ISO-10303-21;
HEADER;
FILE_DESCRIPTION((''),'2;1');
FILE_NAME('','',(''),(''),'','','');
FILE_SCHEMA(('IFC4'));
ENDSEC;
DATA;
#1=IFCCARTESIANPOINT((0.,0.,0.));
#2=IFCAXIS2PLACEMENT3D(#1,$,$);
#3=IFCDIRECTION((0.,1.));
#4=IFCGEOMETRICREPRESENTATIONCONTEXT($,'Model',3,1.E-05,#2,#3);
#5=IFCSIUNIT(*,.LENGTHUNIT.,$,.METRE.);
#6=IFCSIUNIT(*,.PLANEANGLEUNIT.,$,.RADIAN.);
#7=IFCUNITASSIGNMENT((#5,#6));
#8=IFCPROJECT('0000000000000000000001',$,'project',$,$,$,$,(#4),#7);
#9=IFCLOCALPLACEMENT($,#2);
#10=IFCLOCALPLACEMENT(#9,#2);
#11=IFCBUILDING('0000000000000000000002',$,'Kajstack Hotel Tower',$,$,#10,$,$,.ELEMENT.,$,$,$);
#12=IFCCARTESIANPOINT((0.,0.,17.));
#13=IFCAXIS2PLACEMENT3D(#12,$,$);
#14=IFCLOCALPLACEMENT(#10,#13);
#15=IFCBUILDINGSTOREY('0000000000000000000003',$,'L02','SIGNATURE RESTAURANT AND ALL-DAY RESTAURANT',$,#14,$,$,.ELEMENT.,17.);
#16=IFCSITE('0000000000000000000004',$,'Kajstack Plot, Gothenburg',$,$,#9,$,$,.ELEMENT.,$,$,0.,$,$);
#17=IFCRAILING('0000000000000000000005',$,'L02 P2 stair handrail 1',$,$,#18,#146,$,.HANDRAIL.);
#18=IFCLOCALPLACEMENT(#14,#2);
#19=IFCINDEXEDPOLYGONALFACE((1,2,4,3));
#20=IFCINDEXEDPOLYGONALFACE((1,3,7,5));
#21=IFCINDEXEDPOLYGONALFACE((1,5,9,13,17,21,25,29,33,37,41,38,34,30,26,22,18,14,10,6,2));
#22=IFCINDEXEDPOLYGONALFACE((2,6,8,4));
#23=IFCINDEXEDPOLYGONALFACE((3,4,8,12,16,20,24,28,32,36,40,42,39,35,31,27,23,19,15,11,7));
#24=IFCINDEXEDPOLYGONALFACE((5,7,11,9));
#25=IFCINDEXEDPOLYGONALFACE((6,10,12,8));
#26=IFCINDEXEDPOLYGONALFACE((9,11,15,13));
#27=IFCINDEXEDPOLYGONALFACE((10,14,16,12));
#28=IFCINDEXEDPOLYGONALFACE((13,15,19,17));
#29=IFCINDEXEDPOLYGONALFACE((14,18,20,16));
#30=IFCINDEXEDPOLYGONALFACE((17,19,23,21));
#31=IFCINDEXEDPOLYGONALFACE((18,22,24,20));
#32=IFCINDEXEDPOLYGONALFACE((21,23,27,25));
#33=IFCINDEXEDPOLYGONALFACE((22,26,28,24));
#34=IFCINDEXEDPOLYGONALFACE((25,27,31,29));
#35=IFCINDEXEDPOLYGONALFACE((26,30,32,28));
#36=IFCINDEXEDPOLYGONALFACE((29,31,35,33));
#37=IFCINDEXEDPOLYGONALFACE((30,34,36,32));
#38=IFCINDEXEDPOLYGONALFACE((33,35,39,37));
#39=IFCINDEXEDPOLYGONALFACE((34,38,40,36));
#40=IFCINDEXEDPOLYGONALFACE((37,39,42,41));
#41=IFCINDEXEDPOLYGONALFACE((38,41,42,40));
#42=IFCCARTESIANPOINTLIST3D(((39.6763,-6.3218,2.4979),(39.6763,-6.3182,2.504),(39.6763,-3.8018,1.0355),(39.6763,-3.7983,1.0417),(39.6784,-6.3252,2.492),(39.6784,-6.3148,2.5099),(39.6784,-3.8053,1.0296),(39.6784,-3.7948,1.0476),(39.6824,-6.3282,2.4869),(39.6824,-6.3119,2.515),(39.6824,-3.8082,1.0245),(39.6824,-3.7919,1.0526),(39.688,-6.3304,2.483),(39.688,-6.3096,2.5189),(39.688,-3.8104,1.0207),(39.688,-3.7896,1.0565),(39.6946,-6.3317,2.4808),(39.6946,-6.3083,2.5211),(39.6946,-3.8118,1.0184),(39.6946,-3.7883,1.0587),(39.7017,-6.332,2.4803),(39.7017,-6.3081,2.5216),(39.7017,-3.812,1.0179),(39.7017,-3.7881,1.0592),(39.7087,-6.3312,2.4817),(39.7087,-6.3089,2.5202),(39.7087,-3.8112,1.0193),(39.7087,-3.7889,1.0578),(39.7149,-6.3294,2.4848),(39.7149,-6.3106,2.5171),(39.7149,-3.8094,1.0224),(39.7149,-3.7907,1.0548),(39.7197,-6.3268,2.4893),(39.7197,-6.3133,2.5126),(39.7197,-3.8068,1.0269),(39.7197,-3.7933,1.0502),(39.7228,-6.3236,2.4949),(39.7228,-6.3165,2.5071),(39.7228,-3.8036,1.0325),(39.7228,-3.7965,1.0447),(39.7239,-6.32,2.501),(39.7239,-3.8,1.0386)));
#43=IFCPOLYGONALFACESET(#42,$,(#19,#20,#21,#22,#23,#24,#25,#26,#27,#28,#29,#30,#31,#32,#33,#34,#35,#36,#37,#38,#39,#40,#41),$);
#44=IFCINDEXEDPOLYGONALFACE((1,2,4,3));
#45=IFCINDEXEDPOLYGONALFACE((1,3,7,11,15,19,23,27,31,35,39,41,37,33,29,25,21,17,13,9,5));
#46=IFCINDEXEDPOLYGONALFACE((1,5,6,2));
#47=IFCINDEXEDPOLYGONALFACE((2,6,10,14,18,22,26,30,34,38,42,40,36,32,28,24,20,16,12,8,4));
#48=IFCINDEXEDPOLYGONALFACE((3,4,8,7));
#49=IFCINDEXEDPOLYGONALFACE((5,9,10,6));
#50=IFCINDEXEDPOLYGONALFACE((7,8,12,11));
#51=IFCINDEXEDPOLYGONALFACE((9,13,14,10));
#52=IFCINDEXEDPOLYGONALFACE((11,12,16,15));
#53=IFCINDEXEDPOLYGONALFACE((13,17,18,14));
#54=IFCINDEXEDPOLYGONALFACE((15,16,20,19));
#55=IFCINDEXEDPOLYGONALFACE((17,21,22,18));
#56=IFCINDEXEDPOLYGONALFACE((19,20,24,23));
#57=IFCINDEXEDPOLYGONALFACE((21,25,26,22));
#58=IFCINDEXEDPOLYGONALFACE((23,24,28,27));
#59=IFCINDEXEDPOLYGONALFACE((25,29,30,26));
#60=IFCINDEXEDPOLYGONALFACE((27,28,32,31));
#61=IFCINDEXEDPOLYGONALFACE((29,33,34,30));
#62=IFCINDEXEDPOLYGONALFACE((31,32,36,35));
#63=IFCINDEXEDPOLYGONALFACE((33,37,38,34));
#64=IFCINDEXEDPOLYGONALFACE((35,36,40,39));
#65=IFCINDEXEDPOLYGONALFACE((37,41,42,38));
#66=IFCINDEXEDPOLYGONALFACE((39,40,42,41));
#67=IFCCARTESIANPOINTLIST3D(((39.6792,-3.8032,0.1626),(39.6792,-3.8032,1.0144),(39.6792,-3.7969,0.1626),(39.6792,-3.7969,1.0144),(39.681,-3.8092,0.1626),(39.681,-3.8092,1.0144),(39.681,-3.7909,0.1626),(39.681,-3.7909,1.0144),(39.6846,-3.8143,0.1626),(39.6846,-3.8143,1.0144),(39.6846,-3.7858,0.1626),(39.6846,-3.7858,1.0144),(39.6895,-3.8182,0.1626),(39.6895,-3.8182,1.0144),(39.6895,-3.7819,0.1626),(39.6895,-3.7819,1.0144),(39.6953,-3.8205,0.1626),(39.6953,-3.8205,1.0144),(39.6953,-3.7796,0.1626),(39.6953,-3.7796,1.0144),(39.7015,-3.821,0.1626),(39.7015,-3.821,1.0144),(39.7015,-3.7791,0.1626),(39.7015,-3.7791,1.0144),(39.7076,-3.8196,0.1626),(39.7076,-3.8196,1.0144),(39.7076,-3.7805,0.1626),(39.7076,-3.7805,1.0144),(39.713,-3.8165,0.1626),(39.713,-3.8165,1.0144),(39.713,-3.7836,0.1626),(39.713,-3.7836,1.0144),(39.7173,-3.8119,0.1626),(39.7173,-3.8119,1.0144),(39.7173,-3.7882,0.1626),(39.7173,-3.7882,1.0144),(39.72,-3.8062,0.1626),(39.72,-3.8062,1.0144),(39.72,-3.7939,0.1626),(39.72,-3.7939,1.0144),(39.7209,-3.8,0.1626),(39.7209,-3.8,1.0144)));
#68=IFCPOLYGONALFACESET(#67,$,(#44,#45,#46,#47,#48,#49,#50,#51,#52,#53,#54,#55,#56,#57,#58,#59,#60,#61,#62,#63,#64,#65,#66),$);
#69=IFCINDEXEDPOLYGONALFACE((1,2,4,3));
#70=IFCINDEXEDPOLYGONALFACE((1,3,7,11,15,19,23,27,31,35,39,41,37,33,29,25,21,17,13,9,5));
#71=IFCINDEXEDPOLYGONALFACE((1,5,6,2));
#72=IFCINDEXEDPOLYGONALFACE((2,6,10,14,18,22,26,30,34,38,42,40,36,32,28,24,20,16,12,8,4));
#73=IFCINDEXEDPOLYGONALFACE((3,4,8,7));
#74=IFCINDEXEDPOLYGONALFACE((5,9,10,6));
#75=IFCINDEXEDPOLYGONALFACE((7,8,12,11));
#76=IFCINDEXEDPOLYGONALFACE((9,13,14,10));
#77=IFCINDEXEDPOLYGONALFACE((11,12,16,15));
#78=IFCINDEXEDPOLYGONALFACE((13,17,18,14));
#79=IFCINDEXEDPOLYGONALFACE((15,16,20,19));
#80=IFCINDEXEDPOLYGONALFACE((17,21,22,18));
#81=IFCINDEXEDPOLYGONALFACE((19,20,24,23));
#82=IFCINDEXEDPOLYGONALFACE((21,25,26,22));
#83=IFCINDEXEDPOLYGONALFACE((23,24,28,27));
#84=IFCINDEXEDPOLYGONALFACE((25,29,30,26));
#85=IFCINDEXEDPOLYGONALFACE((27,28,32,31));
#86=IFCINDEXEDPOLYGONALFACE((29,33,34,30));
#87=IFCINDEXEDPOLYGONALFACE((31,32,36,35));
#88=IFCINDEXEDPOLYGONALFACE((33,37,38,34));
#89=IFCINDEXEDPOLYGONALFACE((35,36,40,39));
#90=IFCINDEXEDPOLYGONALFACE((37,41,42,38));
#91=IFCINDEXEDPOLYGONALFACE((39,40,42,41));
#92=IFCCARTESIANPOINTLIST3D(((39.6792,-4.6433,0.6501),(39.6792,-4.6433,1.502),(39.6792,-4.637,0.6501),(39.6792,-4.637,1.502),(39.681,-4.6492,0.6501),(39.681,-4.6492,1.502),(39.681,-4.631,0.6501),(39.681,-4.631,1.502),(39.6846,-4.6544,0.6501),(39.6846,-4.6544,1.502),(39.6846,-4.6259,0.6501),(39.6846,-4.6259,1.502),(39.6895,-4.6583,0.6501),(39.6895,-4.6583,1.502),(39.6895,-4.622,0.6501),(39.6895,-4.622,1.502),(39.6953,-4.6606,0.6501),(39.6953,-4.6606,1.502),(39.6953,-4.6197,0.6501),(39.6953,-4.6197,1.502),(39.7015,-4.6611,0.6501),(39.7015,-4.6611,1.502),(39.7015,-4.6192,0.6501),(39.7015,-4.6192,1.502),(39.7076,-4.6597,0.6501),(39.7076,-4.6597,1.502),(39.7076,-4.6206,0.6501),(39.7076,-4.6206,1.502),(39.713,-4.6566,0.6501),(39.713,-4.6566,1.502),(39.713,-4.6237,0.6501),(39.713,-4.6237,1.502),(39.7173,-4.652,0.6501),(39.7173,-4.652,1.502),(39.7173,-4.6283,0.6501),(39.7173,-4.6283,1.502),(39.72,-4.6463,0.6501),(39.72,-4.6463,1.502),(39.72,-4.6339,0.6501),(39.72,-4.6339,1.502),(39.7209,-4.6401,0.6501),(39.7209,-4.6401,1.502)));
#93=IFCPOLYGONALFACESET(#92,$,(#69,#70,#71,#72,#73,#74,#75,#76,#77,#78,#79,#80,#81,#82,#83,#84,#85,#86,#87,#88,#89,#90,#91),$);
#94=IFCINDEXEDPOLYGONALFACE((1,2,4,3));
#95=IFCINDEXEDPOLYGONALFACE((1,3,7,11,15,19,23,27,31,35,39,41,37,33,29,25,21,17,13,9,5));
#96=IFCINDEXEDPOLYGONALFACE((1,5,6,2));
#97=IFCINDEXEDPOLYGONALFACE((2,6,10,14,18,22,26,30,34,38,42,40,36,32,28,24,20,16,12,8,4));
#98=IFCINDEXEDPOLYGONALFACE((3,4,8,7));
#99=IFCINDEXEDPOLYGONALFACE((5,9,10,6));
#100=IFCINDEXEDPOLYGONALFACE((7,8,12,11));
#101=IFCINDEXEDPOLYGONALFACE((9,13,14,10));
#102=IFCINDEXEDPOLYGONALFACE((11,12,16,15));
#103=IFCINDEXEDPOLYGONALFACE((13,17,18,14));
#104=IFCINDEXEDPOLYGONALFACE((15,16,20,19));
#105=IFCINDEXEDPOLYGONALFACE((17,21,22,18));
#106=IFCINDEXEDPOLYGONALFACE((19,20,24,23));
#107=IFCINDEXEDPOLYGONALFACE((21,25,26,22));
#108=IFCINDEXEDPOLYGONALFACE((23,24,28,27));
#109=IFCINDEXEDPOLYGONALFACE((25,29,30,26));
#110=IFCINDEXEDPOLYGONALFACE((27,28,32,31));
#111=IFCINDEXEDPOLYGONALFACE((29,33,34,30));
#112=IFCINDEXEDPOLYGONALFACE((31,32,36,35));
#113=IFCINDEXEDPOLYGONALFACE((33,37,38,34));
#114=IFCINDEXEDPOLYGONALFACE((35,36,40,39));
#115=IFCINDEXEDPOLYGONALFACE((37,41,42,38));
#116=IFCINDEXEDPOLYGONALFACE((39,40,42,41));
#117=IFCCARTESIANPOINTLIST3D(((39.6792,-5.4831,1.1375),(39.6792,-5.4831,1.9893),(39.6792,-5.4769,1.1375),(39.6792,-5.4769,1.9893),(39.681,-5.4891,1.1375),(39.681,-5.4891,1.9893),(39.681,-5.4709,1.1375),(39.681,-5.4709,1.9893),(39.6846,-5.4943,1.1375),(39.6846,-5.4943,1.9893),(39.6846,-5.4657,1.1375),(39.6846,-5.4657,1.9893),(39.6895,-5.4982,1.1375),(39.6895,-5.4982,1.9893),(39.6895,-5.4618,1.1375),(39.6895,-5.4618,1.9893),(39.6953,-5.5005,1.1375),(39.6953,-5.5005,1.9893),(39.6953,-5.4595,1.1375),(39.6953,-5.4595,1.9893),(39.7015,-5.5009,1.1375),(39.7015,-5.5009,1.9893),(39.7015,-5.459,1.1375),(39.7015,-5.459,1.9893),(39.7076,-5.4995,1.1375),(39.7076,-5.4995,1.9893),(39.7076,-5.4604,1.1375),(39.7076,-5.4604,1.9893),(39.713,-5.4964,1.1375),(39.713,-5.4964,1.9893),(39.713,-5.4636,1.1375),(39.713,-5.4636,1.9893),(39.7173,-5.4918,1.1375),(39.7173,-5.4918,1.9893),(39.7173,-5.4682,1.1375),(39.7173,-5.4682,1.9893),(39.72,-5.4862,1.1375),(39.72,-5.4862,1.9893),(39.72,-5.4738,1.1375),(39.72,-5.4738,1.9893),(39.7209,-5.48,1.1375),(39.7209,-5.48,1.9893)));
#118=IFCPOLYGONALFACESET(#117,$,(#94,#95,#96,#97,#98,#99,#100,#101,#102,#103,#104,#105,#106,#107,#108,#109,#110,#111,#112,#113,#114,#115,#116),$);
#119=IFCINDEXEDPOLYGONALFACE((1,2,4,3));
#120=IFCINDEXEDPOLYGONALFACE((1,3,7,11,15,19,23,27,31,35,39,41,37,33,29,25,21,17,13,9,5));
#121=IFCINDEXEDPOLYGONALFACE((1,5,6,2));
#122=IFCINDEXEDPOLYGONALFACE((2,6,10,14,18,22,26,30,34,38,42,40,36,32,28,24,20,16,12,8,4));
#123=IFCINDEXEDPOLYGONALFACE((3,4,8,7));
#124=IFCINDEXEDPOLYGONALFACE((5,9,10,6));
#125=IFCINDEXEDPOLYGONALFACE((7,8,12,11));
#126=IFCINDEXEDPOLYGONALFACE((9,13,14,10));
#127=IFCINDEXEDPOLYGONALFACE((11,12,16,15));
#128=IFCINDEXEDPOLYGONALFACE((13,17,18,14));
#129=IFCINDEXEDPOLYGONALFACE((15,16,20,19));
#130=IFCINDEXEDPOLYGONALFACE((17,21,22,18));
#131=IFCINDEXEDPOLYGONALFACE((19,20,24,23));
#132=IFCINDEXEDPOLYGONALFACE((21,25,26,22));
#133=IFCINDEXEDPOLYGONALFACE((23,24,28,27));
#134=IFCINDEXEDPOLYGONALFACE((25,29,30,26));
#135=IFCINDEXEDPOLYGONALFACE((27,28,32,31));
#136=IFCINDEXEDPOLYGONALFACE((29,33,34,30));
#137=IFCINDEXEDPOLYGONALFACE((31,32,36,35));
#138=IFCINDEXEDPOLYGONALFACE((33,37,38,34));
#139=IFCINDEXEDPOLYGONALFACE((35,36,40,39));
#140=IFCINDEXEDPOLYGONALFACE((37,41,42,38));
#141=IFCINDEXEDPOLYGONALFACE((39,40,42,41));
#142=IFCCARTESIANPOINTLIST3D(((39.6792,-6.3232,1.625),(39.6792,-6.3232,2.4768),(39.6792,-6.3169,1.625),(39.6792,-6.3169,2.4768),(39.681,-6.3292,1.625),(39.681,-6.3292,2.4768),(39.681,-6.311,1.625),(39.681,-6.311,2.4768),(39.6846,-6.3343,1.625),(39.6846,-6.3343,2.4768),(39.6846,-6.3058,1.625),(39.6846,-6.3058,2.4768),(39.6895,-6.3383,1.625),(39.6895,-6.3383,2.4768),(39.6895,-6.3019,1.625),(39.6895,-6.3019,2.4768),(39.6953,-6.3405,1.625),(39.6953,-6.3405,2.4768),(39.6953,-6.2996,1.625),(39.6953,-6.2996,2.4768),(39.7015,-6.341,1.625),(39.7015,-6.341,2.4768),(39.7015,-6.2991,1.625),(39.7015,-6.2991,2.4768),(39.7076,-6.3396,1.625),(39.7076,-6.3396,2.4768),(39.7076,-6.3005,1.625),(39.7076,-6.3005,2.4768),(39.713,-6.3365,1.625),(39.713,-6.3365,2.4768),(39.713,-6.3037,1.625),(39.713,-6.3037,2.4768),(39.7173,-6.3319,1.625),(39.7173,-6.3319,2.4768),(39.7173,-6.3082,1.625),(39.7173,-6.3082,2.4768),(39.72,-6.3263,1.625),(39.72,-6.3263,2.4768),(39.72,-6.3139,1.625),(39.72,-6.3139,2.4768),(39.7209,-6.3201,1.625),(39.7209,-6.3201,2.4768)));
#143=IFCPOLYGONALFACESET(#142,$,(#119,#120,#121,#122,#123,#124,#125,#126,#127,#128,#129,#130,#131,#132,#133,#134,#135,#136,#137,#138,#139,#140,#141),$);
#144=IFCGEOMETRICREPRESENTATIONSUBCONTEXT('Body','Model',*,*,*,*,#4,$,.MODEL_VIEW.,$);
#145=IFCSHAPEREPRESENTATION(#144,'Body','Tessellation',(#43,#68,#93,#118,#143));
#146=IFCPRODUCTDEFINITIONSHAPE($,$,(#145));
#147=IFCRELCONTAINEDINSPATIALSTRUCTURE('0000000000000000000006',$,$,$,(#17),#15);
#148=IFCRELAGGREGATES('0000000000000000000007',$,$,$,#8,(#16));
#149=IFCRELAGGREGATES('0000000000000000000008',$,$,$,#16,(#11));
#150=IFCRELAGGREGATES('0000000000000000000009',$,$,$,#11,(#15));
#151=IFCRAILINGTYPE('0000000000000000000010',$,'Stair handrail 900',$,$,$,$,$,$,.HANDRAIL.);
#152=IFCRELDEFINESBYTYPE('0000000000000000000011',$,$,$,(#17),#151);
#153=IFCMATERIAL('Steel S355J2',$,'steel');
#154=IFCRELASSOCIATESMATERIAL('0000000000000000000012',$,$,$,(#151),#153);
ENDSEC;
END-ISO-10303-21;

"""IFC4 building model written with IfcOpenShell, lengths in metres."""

from ifc_helpers import new_model, si_unit, direction, frame, origin, origin_2d, place, context, subcontext, project, spatial, circle, extrude, material, type_object, element, save


model = new_model("IFC4")

# Units and contexts
model_context = context("Model", 3, precision=1e-05, world=origin(), true_north=direction((0.0, 1.0)))
body_context = subcontext(model_context, "Body", "Model", "MODEL_VIEW")
ifc_project = project(units=[si_unit("LENGTHUNIT", "METRE"), si_unit("PLANEANGLEUNIT", "RADIAN")], contexts=[model_context])

# Site, building, storey
site_placement = place(None, origin())
site = spatial("IfcSite", under=ifc_project, at=site_placement, Name="Kajstack Plot, Gothenburg", CompositionType="ELEMENT", RefElevation=0.0)
building_placement = place(site_placement, origin())
building = spatial("IfcBuilding", under=site, at=building_placement, Name="Kajstack Hotel Tower", CompositionType="ELEMENT")
storey_placement = place(building_placement, frame((0.0, 0.0, 17.0)))
storey = spatial("IfcBuildingStorey", under=building, at=storey_placement, Name="L02", Description="SIGNATURE RESTAURANT AND ALL-DAY RESTAURANT", CompositionType="ELEMENT", Elevation=17.0)

# Railing
ifc_material_1 = material(Name="Steel S355J2", Category="steel")
railing_type_1 = type_object("IfcRailingType", Name="Stair handrail 900", PredefinedType="HANDRAIL", material=ifc_material_1)
for number, where, name in (
    (1, (39.7, -3.8, 0.1626), "L02 P2 stair handrail 1"),
):
    element("IfcRailing", number, at=place(storey_placement, frame(where)), inside=storey, type_object=railing_type_1, Name=name, PredefinedType="HANDRAIL", context=body_context, shape_type="SweptSolid", body=[
        extrude(circle(Radius=0.0239, at=origin_2d()), frame((0.0, 0.0, 0.876), z_axis=(0.0, -0.864913, 0.501921), x_axis=(1.0, 0.0, 0.0)), (0.0, 0.0, 1.0), 2.9136),
        extrude(circle(Radius=0.021, at=origin_2d()), origin(), (0.0, 0.0, 1.0), 0.8518),
        extrude(circle(Radius=0.021, at=origin_2d()), frame((0.0, -0.8401, 0.4875)), (0.0, 0.0, 1.0), 0.8518),
        extrude(circle(Radius=0.021, at=origin_2d()), frame((0.0, -1.6799, 0.9749)), (0.0, 0.0, 1.0), 0.8518),
        extrude(circle(Radius=0.021, at=origin_2d()), frame((0.0, -2.52, 1.4624)), (0.0, 0.0, 1.0), 0.8518),
    ])

save(model, "model.ifc")
